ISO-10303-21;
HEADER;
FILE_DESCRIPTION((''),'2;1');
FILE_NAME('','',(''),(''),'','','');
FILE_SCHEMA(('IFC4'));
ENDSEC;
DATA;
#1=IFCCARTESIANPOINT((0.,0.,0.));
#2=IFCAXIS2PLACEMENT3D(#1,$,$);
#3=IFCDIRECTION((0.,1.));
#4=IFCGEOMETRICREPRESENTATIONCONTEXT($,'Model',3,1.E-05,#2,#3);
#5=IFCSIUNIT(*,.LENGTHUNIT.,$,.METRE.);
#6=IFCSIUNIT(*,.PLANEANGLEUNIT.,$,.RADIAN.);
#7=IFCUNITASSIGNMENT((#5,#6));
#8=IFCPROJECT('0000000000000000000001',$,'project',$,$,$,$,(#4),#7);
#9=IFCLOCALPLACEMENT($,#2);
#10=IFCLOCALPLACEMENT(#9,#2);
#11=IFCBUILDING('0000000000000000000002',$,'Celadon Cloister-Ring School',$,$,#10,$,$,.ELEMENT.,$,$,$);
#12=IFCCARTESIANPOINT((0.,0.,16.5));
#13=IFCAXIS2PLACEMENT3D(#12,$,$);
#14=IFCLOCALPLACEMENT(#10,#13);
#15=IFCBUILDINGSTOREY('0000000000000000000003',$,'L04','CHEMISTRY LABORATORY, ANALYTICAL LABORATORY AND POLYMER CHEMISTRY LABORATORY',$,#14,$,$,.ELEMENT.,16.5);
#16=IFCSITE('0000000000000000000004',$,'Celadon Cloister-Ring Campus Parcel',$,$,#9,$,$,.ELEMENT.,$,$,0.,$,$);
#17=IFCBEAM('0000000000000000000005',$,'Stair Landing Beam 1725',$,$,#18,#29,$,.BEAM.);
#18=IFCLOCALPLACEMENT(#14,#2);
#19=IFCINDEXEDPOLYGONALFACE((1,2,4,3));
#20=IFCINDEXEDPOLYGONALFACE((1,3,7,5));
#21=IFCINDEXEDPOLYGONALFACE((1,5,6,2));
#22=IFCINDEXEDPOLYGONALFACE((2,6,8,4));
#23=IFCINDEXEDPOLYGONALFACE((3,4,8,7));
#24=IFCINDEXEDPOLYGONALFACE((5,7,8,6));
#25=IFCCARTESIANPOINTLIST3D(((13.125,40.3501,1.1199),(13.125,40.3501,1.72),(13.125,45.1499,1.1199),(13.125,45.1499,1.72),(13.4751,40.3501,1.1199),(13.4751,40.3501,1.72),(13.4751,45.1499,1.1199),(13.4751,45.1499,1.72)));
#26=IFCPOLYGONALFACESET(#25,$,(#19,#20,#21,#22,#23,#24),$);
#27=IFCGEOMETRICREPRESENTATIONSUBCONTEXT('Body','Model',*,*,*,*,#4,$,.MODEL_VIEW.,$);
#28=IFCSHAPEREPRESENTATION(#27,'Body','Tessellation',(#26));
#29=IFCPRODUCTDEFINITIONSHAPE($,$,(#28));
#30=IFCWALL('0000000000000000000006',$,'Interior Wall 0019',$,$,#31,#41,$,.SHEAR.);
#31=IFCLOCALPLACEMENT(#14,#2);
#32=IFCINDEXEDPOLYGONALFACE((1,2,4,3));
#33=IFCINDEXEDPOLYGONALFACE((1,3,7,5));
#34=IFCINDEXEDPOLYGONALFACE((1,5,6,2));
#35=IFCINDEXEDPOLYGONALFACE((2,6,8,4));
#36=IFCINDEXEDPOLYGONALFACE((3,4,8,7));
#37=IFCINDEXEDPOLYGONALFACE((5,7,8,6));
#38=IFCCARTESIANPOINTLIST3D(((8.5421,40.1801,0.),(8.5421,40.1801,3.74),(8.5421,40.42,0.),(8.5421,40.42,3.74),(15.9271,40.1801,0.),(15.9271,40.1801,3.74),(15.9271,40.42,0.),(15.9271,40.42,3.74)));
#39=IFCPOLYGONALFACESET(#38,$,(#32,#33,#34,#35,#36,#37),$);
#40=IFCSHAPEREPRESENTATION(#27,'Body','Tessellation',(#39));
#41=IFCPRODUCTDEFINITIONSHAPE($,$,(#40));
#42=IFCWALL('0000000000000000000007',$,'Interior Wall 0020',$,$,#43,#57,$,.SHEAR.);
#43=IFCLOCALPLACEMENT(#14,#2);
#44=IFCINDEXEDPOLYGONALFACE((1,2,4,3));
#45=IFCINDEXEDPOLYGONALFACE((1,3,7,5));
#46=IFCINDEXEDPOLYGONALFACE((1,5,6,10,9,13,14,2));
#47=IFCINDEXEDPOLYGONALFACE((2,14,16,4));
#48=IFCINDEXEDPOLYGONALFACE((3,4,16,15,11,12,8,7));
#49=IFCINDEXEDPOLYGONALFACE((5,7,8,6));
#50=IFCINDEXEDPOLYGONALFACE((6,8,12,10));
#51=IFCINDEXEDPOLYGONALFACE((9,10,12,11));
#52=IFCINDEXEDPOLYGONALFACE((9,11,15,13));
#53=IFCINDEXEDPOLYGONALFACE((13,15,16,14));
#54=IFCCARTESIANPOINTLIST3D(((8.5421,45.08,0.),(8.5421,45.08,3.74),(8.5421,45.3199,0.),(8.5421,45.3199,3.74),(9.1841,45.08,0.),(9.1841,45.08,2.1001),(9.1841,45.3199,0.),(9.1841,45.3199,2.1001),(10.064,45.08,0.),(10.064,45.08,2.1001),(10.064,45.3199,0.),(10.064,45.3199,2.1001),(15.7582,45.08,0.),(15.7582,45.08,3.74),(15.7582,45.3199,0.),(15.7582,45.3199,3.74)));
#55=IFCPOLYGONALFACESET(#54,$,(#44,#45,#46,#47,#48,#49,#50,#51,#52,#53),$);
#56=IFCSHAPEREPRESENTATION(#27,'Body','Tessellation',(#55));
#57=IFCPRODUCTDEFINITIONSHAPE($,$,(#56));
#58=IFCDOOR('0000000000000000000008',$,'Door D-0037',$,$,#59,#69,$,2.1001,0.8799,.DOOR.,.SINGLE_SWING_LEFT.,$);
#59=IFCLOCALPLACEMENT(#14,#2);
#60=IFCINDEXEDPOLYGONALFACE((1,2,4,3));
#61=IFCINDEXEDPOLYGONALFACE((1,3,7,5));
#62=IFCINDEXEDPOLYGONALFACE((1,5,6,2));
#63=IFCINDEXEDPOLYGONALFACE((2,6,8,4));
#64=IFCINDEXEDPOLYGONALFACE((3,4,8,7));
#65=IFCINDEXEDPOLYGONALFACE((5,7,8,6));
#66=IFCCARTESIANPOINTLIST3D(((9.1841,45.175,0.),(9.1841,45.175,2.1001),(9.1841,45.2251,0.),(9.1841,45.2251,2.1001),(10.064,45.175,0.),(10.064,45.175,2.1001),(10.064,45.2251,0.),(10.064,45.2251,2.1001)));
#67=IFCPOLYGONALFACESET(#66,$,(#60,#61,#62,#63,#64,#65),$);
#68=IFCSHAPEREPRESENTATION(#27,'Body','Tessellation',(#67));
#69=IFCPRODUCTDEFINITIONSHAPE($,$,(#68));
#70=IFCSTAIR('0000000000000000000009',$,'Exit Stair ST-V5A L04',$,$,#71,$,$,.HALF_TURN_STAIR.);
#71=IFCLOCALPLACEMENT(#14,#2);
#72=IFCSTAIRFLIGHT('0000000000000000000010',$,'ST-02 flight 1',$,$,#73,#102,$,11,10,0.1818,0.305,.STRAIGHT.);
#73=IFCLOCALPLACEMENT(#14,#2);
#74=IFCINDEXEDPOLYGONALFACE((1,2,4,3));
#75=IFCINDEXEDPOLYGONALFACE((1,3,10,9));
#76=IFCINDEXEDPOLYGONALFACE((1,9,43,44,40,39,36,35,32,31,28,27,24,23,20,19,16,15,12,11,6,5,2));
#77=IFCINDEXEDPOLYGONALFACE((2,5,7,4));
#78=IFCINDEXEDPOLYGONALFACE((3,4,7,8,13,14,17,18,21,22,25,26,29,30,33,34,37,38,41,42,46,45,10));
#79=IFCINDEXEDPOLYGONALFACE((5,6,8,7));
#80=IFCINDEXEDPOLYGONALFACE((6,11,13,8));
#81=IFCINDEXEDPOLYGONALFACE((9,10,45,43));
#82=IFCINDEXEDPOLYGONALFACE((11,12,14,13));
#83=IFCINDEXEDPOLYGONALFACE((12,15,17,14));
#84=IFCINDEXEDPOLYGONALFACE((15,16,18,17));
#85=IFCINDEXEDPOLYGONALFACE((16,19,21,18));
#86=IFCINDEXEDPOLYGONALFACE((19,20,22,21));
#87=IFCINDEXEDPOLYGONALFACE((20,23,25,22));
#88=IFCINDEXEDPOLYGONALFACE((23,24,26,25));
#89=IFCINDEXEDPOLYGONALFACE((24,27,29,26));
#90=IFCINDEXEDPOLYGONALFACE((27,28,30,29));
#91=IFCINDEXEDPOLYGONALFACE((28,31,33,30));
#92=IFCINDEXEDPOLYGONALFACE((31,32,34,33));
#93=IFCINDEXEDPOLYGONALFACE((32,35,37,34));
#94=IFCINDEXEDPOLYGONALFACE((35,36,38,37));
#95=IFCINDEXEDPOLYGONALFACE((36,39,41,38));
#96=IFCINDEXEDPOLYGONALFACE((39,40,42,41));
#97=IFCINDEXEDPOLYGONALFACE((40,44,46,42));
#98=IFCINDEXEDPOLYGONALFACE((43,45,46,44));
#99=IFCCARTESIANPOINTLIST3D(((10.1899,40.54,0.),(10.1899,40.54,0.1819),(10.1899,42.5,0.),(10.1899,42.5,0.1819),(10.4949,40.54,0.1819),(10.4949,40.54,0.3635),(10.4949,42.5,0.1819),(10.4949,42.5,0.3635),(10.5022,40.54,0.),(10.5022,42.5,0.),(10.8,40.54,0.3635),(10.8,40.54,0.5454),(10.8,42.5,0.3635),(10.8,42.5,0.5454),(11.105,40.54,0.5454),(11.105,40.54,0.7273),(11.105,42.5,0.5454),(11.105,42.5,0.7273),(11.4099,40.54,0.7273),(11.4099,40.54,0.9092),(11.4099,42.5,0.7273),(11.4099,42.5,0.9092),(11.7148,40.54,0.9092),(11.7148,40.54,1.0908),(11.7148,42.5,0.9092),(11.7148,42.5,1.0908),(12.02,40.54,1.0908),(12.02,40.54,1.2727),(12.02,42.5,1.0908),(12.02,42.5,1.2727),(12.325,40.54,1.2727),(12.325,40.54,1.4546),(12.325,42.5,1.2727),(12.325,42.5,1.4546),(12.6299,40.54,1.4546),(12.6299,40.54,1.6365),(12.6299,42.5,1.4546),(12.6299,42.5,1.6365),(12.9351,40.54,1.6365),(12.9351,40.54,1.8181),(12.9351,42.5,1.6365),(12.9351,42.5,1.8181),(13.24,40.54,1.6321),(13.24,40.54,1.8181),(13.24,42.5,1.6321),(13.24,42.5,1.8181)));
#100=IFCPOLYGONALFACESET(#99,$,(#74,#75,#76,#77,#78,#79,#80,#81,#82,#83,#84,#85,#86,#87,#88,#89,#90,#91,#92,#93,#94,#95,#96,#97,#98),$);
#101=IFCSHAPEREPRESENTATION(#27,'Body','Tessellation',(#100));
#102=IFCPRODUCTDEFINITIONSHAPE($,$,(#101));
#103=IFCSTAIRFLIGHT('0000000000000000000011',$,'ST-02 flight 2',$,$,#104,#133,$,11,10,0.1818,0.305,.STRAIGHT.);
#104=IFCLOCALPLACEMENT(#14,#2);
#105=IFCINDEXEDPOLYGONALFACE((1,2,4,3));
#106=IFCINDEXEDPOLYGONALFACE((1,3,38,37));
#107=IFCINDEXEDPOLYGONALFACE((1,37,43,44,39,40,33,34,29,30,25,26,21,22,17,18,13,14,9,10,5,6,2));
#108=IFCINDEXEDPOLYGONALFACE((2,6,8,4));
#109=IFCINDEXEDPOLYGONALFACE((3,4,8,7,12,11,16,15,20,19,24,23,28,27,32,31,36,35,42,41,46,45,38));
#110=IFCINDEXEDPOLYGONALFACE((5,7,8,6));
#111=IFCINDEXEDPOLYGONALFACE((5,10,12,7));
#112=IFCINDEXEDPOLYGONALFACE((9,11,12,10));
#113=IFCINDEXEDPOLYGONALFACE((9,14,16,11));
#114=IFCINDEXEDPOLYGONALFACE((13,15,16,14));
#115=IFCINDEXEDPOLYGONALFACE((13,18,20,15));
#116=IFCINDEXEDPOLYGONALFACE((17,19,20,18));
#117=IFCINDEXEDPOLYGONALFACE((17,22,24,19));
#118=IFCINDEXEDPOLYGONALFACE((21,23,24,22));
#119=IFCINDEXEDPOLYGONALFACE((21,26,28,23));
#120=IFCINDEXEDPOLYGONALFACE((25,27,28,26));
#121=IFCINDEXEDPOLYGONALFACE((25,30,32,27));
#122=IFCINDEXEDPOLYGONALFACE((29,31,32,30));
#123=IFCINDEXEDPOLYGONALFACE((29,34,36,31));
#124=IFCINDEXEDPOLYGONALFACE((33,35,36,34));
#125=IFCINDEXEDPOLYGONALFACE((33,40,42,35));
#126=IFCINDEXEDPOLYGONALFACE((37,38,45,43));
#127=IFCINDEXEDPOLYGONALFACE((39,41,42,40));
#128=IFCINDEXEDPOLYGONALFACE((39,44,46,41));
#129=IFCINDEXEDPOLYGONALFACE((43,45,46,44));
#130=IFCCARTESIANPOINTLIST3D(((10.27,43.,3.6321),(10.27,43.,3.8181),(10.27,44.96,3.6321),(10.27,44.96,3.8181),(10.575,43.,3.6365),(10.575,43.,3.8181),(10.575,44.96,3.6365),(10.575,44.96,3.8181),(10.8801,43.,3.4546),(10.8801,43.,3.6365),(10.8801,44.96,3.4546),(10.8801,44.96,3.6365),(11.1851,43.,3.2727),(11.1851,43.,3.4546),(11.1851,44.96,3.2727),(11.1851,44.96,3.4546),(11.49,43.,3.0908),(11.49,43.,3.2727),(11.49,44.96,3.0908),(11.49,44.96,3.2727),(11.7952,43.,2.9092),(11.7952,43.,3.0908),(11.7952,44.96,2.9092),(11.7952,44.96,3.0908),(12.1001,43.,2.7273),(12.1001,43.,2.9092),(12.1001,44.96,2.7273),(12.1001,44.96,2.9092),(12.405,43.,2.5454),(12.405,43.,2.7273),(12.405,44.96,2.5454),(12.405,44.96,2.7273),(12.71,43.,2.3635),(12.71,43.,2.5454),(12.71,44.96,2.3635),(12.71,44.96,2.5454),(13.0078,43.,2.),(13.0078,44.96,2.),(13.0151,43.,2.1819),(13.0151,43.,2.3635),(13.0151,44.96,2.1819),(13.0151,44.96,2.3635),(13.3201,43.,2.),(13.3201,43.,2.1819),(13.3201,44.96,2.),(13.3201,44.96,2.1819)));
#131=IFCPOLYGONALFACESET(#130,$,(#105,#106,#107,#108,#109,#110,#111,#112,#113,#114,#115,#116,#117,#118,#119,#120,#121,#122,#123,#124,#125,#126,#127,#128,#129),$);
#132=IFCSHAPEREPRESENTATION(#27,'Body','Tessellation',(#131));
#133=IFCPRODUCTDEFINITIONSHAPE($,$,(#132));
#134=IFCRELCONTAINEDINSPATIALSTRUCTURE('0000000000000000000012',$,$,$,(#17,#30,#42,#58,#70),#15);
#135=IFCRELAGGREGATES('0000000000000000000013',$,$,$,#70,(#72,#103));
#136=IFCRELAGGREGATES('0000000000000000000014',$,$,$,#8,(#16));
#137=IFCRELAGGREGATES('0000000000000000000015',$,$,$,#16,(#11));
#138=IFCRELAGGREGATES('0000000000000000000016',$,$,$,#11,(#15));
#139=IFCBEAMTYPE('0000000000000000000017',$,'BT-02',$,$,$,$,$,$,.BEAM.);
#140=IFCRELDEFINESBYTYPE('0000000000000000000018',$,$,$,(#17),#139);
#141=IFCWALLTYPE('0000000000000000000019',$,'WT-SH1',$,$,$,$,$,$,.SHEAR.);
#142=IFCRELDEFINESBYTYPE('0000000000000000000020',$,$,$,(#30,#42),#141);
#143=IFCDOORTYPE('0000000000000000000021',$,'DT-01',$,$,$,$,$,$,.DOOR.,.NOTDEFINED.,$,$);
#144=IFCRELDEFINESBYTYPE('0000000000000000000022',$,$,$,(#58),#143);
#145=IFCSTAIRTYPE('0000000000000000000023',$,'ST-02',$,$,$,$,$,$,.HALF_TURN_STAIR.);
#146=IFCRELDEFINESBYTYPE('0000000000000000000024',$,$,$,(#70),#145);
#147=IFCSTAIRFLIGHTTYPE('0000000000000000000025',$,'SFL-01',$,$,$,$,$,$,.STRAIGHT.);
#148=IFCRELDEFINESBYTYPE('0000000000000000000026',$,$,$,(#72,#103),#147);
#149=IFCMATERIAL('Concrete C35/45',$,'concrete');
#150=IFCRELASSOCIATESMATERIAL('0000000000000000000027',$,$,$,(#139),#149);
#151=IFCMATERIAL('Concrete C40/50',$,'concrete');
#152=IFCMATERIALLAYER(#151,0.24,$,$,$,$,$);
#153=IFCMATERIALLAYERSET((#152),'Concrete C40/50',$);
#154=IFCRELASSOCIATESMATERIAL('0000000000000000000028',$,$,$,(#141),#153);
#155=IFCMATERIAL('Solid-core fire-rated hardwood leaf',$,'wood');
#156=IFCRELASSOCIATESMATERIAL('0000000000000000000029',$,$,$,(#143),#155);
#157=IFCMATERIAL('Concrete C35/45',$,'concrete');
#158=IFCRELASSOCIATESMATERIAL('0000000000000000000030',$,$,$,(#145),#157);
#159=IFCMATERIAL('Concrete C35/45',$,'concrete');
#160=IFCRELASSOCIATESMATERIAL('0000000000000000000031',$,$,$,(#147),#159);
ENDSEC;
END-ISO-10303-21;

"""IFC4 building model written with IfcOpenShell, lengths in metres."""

from ifc_helpers import new_model, si_unit, direction, frame, frame_2d, origin, origin_2d, place, context, subcontext, project, spatial, polyline, rectangle, outline, extrude, material, layer, layer_set, material_profile, profile_set, type_object, element, fill, aggregate, save


model = new_model("IFC4")

# Units and contexts
model_context = context("Model", 3, precision=1e-05, world=origin(), true_north=direction((0.0, 1.0)))
body_context = subcontext(model_context, "Body", "Model", "MODEL_VIEW")
ifc_project = project(units=[si_unit("LENGTHUNIT", "METRE"), si_unit("PLANEANGLEUNIT", "RADIAN")], contexts=[model_context])

# Site, building, storey
site_placement = place(None, origin())
site = spatial("IfcSite", under=ifc_project, at=site_placement, Name="Celadon Cloister-Ring Campus Parcel", CompositionType="ELEMENT", RefElevation=0.0)
building_placement = place(site_placement, origin())
building = spatial("IfcBuilding", under=site, at=building_placement, Name="Celadon Cloister-Ring School", CompositionType="ELEMENT")
storey_placement = place(building_placement, frame((0.0, 0.0, 16.5)))
storey = spatial("IfcBuildingStorey", under=building, at=storey_placement, Name="L04", Description="CHEMISTRY LABORATORY, ANALYTICAL LABORATORY AND POLYMER CHEMISTRY LABORATORY", CompositionType="ELEMENT", Elevation=16.5)

# Beam
ifc_material_1 = material(Name="Concrete C35/45", Category="concrete")
ifc_material_profile = material_profile(ifc_material_1, rectangle(XDim=0.3501, YDim=0.6001, at=origin_2d()), Name="RC350X600")
ifc_profile_set = profile_set([ifc_material_profile], Name="Concrete C35/45")
beam_type = type_object("IfcBeamType", Name="BT-02", PredefinedType="BEAM", material=ifc_profile_set)
beam_placement = place(storey_placement, frame((13.3, 40.3501, 1.4199), z_axis=(0.0, 1.0, 0.0), x_axis=(-1.0, 0.0, 0.0)))
element("IfcBeam", 1, at=beam_placement, inside=storey, type_object=beam_type, Name="Stair Landing Beam 1725", PredefinedType="BEAM", context=body_context, shape_type="SweptSolid", body=[
    extrude(rectangle(XDim=0.3501, YDim=0.6001, at=origin_2d()), origin(), (0.0, 0.0, 1.0), 4.7998),
])

# Wall
ifc_material_2 = material(Name="Concrete C40/50", Category="concrete")
ifc_layer = layer(ifc_material_2, 0.24)
ifc_layer_set = layer_set([ifc_layer], Name="Concrete C40/50")
wall_type = type_object("IfcWallType", Name="WT-SH1", PredefinedType="SHEAR", material=ifc_layer_set)
wall_1_placement = place(storey_placement, frame((15.927, 40.3, 0.0), z_axis=(0.0, 0.0, 1.0), x_axis=(-1.0, 0.0, 0.0)))
element("IfcWall", 2, at=wall_1_placement, inside=storey, type_object=wall_type, Name="Interior Wall 0019", PredefinedType="SHEAR", context=body_context, shape_type="SweptSolid", body=[
    extrude(rectangle(XDim=7.385, YDim=0.24, at=frame_2d((3.6924, 0.0))), origin(), (0.0, 0.0, 1.0), 3.74),
])

# Wall, opening, door
wall_2_placement = place(storey_placement, frame((15.7581, 45.2, 0.0), z_axis=(0.0, 0.0, 1.0), x_axis=(-1.0, 0.0, 0.0)))
wall_2 = element("IfcWall", 3, at=wall_2_placement, inside=storey, type_object=wall_type, Name="Interior Wall 0020", PredefinedType="SHEAR", context=body_context, shape_type="SweptSolid", body=[
    extrude(rectangle(XDim=7.2161, YDim=0.24, at=frame_2d((3.6079, 0.0))), origin(), (0.0, 0.0, 1.0), 3.74),
])
opening_placement = place(wall_2_placement, frame((5.6941, 0.0, 0.0)))
opening = element("IfcOpeningElement", 4, at=opening_placement, cuts=wall_2, PredefinedType="OPENING", context=body_context, shape_type="SweptSolid", body=[
    extrude(rectangle(XDim=0.8799, YDim=2.1001, at=frame_2d((0.4399, 1.05))), frame((0.0, 0.1299, 0.0), z_axis=(0.0, -1.0, 0.0), x_axis=(1.0, 0.0, 0.0)), (0.0, 0.0, 1.0), 0.26),
])
ifc_material_3 = material(Name="Solid-core fire-rated hardwood leaf", Category="wood")
door_type = type_object("IfcDoorType", Name="DT-01", OperationType="NOTDEFINED", PredefinedType="DOOR", material=ifc_material_3)
door_placement = place(opening_placement, origin())
door = element("IfcDoor", 5, at=door_placement, inside=storey, type_object=door_type, Name="Door D-0037", OperationType="SINGLE_SWING_LEFT", OverallHeight=2.1001, OverallWidth=0.8799, PredefinedType="DOOR", context=body_context, shape_type="SweptSolid", body=[
    extrude(rectangle(XDim=0.8799, YDim=2.1001, at=frame_2d((0.4399, 1.05))), frame((0.0, 0.0249, 0.0), z_axis=(0.0, -1.0, 0.0), x_axis=(1.0, 0.0, 0.0)), (0.0, 0.0, 1.0), 0.05),
])
fill(opening, door)

# Stair, stair flights
ifc_material_4 = material(Name="Concrete C35/45", Category="concrete")
stair_type = type_object("IfcStairType", Name="ST-02", PredefinedType="HALF_TURN_STAIR", material=ifc_material_4)
stair_placement = place(storey_placement, origin())
stair = element("IfcStair", 6, at=stair_placement, inside=storey, type_object=stair_type, Name="Exit Stair ST-V5A L04", PredefinedType="HALF_TURN_STAIR")
ifc_material_5 = material(Name="Concrete C35/45", Category="concrete")
stair_flight_type = type_object("IfcStairFlightType", Name="SFL-01", PredefinedType="STRAIGHT", material=ifc_material_5)
stair_flight_1_placement = place(storey_placement, frame((10.1899, 41.52, 0.0), z_axis=(0.0, 0.0, 1.0), x_axis=(1.0, 0.0, 0.0)))
stair_flight_1 = element("IfcStairFlight", 7, at=stair_flight_1_placement, type_object=stair_flight_type, Name="ST-02 flight 1", NumberOfRisers=11, NumberOfTreads=10, PredefinedType="STRAIGHT", RiserHeight=0.1818, TreadLength=0.305, context=body_context, shape_type="SweptSolid", body=[
    extrude(outline(polyline([(0.0, 0.0), (0.0, 0.1819), (0.3049, 0.1819), (0.3049, 0.3635), (0.6101, 0.3635), (0.6101, 0.5454), (0.915, 0.5454), (0.915, 0.7273), (1.22, 0.7273), (1.22, 0.9092), (1.5249, 0.9092), (1.5249, 1.0908), (1.8301, 1.0908), (1.8301, 1.2727), (2.135, 1.2727), (2.135, 1.4546), (2.4399, 1.4546), (2.4399, 1.6365), (2.7451, 1.6365), (2.7451, 1.8181), (3.05, 1.8181), (3.05, 2.0), (3.05, 1.6321), (0.3123, 0.0), (0.0, 0.0)])), frame((0.0, 0.98, 0.0), z_axis=(0.0, -1.0, 0.0), x_axis=(1.0, 0.0, 0.0)), (0.0, 0.0, 1.0), 1.96),
])
stair_flight_2_placement = place(storey_placement, frame((13.3201, 43.98, 2.0), z_axis=(0.0, 0.0, 1.0), x_axis=(-1.0, 0.0, 0.0)))
stair_flight_2 = element("IfcStairFlight", 8, at=stair_flight_2_placement, type_object=stair_flight_type, Name="ST-02 flight 2", NumberOfRisers=11, NumberOfTreads=10, PredefinedType="STRAIGHT", RiserHeight=0.1818, TreadLength=0.305, context=body_context, shape_type="SweptSolid", body=[
    extrude(outline(polyline([(0.0, 0.0), (0.0, 0.1819), (0.3049, 0.1819), (0.3049, 0.3635), (0.6101, 0.3635), (0.6101, 0.5454), (0.915, 0.5454), (0.915, 0.7273), (1.22, 0.7273), (1.22, 0.9092), (1.5249, 0.9092), (1.5249, 1.0908), (1.8301, 1.0908), (1.8301, 1.2727), (2.135, 1.2727), (2.135, 1.4546), (2.4399, 1.4546), (2.4399, 1.6365), (2.7451, 1.6365), (2.7451, 1.8181), (3.05, 1.8181), (3.05, 2.0), (3.05, 1.6321), (0.3123, 0.0), (0.0, 0.0)])), frame((0.0, 0.98, 0.0), z_axis=(0.0, -1.0, 0.0), x_axis=(1.0, 0.0, 0.0)), (0.0, 0.0, 1.0), 1.96),
])
aggregate(stair, [stair_flight_1, stair_flight_2])

save(model, "model.ifc")
